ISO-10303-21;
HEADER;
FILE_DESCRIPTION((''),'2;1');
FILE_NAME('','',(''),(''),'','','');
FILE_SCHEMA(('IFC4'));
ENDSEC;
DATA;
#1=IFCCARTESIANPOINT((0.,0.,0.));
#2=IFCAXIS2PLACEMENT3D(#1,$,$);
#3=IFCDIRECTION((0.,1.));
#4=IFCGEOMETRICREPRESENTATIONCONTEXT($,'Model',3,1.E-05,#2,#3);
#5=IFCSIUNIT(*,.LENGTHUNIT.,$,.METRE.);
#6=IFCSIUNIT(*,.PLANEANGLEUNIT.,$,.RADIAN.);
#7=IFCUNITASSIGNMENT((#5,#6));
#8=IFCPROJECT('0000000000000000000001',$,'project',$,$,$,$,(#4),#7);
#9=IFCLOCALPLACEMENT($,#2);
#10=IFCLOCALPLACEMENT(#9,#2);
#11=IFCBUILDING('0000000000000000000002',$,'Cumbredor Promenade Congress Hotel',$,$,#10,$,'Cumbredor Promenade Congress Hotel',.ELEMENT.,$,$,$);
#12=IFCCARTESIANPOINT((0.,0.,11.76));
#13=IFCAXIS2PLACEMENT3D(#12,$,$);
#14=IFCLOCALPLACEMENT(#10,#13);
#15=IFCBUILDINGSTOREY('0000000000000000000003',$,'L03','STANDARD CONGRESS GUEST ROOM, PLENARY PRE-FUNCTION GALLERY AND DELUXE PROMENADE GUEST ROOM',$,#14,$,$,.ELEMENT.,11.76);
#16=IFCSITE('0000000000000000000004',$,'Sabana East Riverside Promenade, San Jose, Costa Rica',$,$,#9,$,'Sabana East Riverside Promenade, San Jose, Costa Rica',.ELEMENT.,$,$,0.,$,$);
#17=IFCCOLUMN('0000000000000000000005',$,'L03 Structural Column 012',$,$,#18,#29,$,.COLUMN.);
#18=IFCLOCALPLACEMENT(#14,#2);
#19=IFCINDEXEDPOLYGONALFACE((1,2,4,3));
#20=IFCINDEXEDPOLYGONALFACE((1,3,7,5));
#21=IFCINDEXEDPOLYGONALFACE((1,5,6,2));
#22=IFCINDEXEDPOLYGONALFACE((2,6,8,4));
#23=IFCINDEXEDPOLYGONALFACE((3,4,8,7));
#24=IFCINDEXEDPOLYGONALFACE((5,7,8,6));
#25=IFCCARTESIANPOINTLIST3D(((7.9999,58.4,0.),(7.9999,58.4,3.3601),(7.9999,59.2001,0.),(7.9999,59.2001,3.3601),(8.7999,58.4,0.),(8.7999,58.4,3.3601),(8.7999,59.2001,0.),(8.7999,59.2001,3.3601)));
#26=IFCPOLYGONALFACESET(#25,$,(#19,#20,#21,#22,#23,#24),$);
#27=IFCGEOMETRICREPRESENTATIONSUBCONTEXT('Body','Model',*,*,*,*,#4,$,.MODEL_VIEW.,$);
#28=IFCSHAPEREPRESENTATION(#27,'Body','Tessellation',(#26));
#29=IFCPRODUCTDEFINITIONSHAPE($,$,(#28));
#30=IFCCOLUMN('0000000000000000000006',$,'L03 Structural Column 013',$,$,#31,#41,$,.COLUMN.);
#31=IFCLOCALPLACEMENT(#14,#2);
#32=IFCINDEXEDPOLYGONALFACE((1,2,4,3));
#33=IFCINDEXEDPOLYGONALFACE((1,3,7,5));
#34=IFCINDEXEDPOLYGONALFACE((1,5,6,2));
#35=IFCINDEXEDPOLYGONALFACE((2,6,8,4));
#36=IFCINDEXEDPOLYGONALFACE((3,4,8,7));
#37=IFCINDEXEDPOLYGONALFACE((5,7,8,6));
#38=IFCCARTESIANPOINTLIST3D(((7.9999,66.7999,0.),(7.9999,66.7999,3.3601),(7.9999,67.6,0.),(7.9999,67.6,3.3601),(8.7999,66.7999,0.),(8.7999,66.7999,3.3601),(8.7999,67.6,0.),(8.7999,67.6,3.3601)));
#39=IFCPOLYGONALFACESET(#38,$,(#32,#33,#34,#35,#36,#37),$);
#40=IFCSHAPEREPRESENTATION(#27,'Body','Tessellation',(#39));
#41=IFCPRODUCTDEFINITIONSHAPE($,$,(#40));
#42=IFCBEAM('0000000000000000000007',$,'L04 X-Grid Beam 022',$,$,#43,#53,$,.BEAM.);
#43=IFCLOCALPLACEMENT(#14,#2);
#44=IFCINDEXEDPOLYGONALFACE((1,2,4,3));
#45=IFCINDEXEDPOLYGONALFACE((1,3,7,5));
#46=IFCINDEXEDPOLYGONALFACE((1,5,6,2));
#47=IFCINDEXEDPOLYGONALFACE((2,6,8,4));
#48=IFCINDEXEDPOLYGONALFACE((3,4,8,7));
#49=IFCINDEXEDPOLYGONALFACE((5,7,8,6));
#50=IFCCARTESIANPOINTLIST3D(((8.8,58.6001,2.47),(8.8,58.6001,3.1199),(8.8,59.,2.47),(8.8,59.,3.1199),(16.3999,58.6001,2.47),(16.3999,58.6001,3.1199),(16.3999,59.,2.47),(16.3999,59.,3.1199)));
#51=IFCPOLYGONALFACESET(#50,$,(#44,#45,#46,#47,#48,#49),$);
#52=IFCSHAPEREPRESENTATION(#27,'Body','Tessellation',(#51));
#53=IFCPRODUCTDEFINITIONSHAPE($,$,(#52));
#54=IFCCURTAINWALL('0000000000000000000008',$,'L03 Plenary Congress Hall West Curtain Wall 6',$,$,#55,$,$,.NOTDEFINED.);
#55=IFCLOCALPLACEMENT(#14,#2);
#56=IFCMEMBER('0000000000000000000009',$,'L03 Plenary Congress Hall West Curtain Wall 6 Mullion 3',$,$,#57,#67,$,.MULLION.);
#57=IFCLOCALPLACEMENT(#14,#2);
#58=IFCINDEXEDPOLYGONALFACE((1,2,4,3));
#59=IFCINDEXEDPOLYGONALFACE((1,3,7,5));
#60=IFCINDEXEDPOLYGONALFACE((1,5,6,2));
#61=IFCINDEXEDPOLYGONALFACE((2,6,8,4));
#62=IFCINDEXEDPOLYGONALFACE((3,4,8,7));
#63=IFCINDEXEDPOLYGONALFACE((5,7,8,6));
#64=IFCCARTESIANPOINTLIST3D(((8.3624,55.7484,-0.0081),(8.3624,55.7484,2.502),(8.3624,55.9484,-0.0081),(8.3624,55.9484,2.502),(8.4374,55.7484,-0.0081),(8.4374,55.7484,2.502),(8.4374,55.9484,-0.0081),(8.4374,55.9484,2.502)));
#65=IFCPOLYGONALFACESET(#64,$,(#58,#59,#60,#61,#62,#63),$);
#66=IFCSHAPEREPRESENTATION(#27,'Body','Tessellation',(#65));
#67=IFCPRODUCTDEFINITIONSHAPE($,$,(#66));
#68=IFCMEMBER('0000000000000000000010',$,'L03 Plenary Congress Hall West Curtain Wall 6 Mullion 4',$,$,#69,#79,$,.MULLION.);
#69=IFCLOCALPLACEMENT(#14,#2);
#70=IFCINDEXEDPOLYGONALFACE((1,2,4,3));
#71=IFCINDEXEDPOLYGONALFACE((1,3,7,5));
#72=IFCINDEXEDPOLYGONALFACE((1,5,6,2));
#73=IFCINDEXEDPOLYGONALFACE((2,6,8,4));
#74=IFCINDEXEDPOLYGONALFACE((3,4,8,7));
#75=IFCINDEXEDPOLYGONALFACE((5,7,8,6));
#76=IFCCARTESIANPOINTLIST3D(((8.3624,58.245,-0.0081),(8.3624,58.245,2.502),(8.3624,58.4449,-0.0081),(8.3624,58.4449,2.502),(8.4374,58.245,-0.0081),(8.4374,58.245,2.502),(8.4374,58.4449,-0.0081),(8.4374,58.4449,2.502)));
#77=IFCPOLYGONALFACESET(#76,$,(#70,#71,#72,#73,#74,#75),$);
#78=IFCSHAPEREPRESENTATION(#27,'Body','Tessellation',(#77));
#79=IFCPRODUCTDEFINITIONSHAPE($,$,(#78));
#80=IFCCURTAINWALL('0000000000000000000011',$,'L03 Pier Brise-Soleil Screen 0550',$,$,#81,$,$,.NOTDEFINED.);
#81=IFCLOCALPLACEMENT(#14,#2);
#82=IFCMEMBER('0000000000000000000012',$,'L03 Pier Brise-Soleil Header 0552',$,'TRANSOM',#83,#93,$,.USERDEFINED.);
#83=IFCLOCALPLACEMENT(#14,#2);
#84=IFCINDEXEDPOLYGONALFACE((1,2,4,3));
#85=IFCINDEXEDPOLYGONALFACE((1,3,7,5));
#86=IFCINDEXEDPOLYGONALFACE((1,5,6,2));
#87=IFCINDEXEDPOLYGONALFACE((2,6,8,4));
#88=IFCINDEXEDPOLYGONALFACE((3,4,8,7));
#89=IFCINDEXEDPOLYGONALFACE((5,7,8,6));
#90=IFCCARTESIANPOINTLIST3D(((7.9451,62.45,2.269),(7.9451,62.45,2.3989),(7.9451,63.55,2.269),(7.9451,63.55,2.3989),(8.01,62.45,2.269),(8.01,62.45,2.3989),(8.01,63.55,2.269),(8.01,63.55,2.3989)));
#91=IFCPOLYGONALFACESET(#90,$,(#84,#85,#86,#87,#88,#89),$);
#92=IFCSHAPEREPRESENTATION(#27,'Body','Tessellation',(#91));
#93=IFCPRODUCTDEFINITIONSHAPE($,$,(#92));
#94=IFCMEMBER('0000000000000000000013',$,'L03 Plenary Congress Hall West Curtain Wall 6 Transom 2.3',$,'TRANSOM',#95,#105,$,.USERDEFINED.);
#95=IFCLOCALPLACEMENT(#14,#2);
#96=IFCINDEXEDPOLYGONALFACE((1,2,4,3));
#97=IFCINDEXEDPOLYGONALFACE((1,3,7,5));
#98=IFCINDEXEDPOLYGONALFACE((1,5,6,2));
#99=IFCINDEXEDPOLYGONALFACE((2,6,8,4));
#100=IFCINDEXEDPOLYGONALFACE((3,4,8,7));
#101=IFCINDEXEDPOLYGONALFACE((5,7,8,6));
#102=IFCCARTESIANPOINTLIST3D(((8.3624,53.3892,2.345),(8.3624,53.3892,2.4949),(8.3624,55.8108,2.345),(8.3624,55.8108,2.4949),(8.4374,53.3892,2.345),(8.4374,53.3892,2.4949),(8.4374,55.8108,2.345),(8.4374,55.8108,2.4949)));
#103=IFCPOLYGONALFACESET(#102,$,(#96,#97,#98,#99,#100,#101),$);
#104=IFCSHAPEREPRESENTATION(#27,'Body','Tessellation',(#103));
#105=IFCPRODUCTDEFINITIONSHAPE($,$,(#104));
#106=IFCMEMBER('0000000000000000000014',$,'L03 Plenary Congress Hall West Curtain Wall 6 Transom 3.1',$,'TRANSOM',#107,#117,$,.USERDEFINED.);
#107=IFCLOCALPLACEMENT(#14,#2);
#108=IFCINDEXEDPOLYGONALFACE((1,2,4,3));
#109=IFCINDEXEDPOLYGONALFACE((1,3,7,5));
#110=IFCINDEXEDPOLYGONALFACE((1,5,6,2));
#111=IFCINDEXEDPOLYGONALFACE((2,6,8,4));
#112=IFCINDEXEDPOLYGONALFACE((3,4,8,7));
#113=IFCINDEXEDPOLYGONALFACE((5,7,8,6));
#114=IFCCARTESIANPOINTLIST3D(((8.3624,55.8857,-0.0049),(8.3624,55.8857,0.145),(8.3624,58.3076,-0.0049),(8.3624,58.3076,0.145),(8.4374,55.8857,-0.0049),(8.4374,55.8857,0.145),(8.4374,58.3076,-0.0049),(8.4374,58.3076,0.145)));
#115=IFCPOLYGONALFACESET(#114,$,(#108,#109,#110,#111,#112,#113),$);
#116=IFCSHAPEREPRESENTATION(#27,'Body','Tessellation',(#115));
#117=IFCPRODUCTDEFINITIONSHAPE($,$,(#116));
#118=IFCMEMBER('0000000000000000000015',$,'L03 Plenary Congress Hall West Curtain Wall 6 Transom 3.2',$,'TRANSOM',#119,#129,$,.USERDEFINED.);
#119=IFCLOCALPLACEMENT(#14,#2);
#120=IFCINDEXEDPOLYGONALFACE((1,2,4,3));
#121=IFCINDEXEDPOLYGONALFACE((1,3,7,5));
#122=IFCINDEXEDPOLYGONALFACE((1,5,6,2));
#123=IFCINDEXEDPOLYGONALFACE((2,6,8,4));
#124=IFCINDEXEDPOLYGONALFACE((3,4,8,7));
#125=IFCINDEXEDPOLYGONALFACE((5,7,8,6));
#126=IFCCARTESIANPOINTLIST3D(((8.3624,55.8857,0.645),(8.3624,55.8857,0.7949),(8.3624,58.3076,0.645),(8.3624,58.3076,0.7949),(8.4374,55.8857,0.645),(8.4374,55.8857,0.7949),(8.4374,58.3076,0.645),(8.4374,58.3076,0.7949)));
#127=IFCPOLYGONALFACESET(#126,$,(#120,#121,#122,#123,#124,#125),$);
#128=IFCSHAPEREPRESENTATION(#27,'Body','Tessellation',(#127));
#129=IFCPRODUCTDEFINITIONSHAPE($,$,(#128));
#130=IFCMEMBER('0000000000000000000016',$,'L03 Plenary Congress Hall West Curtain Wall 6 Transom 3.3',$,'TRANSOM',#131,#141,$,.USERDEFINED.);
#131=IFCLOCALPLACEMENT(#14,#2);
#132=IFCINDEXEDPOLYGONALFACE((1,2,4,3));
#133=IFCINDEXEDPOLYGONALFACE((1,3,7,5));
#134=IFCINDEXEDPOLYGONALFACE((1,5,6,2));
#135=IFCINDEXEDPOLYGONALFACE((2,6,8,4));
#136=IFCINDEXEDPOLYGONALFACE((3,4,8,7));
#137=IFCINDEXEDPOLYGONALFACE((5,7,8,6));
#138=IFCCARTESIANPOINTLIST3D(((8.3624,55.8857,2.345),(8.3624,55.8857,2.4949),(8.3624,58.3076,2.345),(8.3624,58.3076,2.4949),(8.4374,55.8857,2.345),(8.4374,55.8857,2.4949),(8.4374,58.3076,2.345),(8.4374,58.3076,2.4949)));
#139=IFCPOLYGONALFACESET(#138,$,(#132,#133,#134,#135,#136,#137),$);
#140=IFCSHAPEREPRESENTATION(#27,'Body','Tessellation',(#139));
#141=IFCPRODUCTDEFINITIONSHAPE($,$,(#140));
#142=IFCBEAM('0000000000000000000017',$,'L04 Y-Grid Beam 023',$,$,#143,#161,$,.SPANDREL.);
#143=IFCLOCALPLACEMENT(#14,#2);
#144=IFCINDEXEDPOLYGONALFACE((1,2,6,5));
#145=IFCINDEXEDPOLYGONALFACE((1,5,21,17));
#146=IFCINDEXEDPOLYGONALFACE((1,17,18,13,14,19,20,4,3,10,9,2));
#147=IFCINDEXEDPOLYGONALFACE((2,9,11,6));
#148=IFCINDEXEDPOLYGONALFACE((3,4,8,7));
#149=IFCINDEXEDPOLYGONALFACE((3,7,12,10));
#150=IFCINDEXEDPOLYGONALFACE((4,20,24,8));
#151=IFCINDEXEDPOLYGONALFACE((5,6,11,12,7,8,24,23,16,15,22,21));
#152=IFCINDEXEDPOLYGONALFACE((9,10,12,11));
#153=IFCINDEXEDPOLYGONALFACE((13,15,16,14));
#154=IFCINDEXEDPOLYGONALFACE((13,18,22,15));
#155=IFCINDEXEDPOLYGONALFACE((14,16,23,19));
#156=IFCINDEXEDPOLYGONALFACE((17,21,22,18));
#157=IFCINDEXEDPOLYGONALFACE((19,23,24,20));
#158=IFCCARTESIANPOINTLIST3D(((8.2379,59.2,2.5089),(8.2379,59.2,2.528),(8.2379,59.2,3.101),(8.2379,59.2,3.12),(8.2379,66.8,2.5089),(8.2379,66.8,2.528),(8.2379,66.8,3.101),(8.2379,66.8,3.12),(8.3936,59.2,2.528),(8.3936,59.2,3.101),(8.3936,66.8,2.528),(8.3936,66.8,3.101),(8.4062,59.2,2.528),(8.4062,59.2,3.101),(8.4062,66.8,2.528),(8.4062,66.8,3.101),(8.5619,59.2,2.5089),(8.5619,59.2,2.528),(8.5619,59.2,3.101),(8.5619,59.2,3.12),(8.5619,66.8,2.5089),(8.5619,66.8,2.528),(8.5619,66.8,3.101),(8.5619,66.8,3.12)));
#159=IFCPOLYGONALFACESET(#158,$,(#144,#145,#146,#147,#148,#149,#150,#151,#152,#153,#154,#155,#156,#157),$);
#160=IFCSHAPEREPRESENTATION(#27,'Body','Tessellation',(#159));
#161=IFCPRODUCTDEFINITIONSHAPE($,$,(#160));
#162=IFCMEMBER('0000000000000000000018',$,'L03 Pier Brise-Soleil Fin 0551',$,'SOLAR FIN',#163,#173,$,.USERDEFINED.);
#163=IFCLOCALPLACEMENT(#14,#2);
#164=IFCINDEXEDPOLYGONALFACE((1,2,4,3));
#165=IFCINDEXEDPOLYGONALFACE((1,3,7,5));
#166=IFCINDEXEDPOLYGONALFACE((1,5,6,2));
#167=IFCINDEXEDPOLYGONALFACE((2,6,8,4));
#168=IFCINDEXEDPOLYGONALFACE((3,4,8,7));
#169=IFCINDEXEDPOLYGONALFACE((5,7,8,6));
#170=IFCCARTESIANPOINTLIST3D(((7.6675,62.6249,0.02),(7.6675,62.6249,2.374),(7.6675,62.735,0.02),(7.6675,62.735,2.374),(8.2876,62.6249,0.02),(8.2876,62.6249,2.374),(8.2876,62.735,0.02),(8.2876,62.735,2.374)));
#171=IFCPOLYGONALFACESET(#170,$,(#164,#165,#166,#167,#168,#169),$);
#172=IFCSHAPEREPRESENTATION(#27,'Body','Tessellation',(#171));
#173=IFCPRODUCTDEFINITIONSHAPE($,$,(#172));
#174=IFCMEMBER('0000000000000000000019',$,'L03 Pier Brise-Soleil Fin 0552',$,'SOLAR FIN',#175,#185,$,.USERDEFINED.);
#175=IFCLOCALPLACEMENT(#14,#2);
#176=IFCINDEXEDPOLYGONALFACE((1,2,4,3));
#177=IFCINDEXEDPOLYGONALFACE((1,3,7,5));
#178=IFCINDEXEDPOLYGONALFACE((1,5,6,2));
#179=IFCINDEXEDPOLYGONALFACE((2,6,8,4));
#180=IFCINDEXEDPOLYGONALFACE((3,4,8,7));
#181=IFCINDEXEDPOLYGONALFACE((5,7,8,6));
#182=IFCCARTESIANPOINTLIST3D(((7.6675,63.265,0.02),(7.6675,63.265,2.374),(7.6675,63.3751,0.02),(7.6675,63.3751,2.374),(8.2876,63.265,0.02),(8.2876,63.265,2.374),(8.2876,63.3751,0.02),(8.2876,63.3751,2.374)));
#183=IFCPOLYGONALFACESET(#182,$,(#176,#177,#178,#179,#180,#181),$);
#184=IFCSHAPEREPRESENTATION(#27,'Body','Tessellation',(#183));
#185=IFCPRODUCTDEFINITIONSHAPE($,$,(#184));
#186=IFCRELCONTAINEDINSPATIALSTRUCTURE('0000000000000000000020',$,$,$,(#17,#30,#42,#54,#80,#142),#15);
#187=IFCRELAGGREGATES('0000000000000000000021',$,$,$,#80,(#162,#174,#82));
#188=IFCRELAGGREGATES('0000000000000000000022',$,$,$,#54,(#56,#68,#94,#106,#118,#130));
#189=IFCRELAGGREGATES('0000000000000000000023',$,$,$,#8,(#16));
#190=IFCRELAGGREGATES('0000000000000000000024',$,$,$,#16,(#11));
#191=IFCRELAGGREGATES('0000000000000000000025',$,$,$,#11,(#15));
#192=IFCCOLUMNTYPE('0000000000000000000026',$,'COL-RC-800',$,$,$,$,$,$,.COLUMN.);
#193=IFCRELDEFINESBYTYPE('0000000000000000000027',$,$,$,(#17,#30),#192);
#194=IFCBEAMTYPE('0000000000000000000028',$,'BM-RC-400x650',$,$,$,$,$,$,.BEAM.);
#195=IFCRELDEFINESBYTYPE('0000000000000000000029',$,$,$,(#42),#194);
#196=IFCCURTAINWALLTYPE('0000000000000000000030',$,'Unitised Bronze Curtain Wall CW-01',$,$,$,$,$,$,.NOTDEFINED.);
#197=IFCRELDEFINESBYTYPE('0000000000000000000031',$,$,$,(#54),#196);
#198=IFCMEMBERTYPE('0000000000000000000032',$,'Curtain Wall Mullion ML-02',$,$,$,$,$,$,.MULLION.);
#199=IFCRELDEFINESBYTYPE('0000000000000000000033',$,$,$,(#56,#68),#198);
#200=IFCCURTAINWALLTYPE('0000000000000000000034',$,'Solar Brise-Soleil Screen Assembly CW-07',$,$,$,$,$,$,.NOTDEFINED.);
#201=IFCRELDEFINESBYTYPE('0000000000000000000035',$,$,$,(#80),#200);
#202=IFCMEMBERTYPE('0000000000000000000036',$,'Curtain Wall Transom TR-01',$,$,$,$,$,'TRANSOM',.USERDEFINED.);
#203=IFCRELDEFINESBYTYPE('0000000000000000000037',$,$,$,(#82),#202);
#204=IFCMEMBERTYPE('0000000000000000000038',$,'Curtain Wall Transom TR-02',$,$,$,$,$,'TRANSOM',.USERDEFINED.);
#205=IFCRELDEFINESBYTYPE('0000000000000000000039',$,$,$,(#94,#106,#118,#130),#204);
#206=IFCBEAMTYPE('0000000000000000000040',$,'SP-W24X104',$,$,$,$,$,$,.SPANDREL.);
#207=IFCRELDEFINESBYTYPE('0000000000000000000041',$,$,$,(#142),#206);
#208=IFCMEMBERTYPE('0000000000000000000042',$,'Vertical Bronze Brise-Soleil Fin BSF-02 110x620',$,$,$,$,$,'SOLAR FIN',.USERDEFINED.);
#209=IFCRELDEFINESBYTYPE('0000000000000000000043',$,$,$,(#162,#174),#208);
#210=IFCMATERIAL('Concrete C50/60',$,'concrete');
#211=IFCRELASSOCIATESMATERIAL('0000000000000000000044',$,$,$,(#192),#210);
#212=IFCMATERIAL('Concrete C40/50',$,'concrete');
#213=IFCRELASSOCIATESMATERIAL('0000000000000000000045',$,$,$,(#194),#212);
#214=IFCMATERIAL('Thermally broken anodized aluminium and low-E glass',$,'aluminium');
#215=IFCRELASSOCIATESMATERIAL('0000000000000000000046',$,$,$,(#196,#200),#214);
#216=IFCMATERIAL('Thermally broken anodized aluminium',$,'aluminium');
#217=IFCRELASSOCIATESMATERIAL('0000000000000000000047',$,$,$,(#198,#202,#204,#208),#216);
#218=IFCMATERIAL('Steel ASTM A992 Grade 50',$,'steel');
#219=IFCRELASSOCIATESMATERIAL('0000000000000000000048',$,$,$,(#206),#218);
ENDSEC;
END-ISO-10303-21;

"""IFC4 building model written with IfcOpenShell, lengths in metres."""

from ifc_helpers import new_model, si_unit, direction, frame, origin, origin_2d, place, context, subcontext, project, spatial, rectangle, i_section, extrude, material, material_profile, profile_set, type_object, element, aggregate, save


model = new_model("IFC4")

# Units and contexts
model_context = context("Model", 3, precision=1e-05, world=origin(), true_north=direction((0.0, 1.0)))
body_context = subcontext(model_context, "Body", "Model", "MODEL_VIEW")
ifc_project = project(units=[si_unit("LENGTHUNIT", "METRE"), si_unit("PLANEANGLEUNIT", "RADIAN")], contexts=[model_context])

# Site, building, storey
site_placement = place(None, origin())
site = spatial("IfcSite", under=ifc_project, at=site_placement, Name="Sabana East Riverside Promenade, San Jose, Costa Rica", LongName="Sabana East Riverside Promenade, San Jose, Costa Rica", CompositionType="ELEMENT", RefElevation=0.0)
building_placement = place(site_placement, origin())
building = spatial("IfcBuilding", under=site, at=building_placement, Name="Cumbredor Promenade Congress Hotel", LongName="Cumbredor Promenade Congress Hotel", CompositionType="ELEMENT")
storey_placement = place(building_placement, frame((0.0, 0.0, 11.76)))
storey = spatial("IfcBuildingStorey", under=building, at=storey_placement, Name="L03", Description="STANDARD CONGRESS GUEST ROOM, PLENARY PRE-FUNCTION GALLERY AND DELUXE PROMENADE GUEST ROOM", CompositionType="ELEMENT", Elevation=11.76)

# Columns
ifc_material_1 = material(Name="Concrete C50/60", Category="concrete")
ifc_material_profile_1 = material_profile(ifc_material_1, rectangle(XDim=0.8, YDim=0.8, at=origin_2d()), Name="RC 800x800")
ifc_profile_set_1 = profile_set([ifc_material_profile_1], Name="Concrete C50/60")
column_type = type_object("IfcColumnType", Name="COL-RC-800", PredefinedType="COLUMN", material=ifc_profile_set_1)
for number, where, z_axis, x_axis, name in (
    (1, (8.3999, 58.8, 0.0), (0.0, 0.0, 1.0), (1.0, 0.0, 0.0), "L03 Structural Column 012"),
    (2, (8.3999, 67.2, 0.0), (0.0, 0.0, 1.0), (1.0, 0.0, 0.0), "L03 Structural Column 013"),
):
    element("IfcColumn", number, at=place(storey_placement, frame(where, z_axis=z_axis, x_axis=x_axis)), inside=storey, type_object=column_type, Name=name, PredefinedType="COLUMN", context=body_context, shape_type="SweptSolid", body=[
        extrude(rectangle(XDim=0.8, YDim=0.8, at=origin_2d()), origin(), (0.0, 0.0, 1.0), 3.3601),
    ])

# Beam
ifc_material_2 = material(Name="Concrete C40/50", Category="concrete")
ifc_material_profile_2 = material_profile(ifc_material_2, rectangle(XDim=0.3999, YDim=0.6499, at=origin_2d()), Name="RC BEAM 400x650")
ifc_profile_set_2 = profile_set([ifc_material_profile_2], Name="Concrete C40/50")
beam_type_1 = type_object("IfcBeamType", Name="BM-RC-400x650", PredefinedType="BEAM", material=ifc_profile_set_2)
beam_1_placement = place(storey_placement, frame((8.8, 58.8, 2.7949), z_axis=(1.0, 0.0, 0.0), x_axis=(0.0, 1.0, 0.0)))
element("IfcBeam", 3, at=beam_1_placement, inside=storey, type_object=beam_type_1, Name="L04 X-Grid Beam 022", PredefinedType="BEAM", context=body_context, shape_type="SweptSolid", body=[
    extrude(rectangle(XDim=0.3999, YDim=0.6499, at=origin_2d()), origin(), (0.0, 0.0, 1.0), 7.5999),
])

# Curtain wall, members
ifc_material_3 = material(Name="Thermally broken anodized aluminium and low-E glass", Category="aluminium")
curtain_wall_type_1 = type_object("IfcCurtainWallType", Name="Unitised Bronze Curtain Wall CW-01", PredefinedType="NOTDEFINED", material=ifc_material_3)
curtain_wall_1_placement = place(storey_placement, origin())
curtain_wall_1 = element("IfcCurtainWall", 4, at=curtain_wall_1_placement, inside=storey, type_object=curtain_wall_type_1, Name="L03 Plenary Congress Hall West Curtain Wall 6", PredefinedType="NOTDEFINED")
ifc_material_4 = material(Name="Thermally broken anodized aluminium", Category="aluminium")
ifc_material_profile_3 = material_profile(ifc_material_4, rectangle(XDim=0.075, YDim=0.2, at=origin_2d()), Name="ALU MULLION 75x200")
ifc_profile_set_3 = profile_set([ifc_material_profile_3], Name="Thermally broken anodized aluminium")
member_type_1 = type_object("IfcMemberType", Name="Curtain Wall Mullion ML-02", PredefinedType="MULLION", material=ifc_profile_set_3)
member_1_placement = place(storey_placement, frame((8.3999, 55.8484, -0.0081), z_axis=(0.0, 0.0, 1.0), x_axis=(1.0, 0.0, 0.0)))
member_1 = element("IfcMember", 5, at=member_1_placement, type_object=member_type_1, Name="L03 Plenary Congress Hall West Curtain Wall 6 Mullion 3", PredefinedType="MULLION", context=body_context, shape_type="SweptSolid", body=[
    extrude(rectangle(XDim=0.075, YDim=0.2, at=origin_2d()), origin(), (0.0, 0.0, 1.0), 2.51),
])
member_2_placement = place(storey_placement, frame((8.3999, 58.345, -0.0081), z_axis=(0.0, 0.0, 1.0), x_axis=(1.0, 0.0, 0.0)))
member_2 = element("IfcMember", 6, at=member_2_placement, type_object=member_type_1, Name="L03 Plenary Congress Hall West Curtain Wall 6 Mullion 4", PredefinedType="MULLION", context=body_context, shape_type="SweptSolid", body=[
    extrude(rectangle(XDim=0.075, YDim=0.2, at=origin_2d()), origin(), (0.0, 0.0, 1.0), 2.51),
])

# Curtain wall, member
curtain_wall_type_2 = type_object("IfcCurtainWallType", Name="Solar Brise-Soleil Screen Assembly CW-07", PredefinedType="NOTDEFINED", material=ifc_material_3)
curtain_wall_2_placement = place(storey_placement, origin())
curtain_wall_2 = element("IfcCurtainWall", 7, at=curtain_wall_2_placement, inside=storey, type_object=curtain_wall_type_2, Name="L03 Pier Brise-Soleil Screen 0550", PredefinedType="NOTDEFINED")
ifc_material_profile_4 = material_profile(ifc_material_4, rectangle(XDim=0.0649, YDim=0.1299, at=origin_2d()), Name="ALU TRANSOM 65x130")
ifc_profile_set_4 = profile_set([ifc_material_profile_4], Name="Thermally broken anodized aluminium")
member_type_2 = type_object("IfcMemberType", Name="Curtain Wall Transom TR-01", ElementType="TRANSOM", PredefinedType="USERDEFINED", material=ifc_profile_set_4)
member_3_placement = place(storey_placement, frame((7.9775, 62.45, 2.334), z_axis=(0.0, 1.0, 0.0), x_axis=(-1.0, 0.0, 0.0)))
member_3 = element("IfcMember", 8, at=member_3_placement, type_object=member_type_2, Name="L03 Pier Brise-Soleil Header 0552", ObjectType="TRANSOM", PredefinedType="USERDEFINED", context=body_context, shape_type="SweptSolid", body=[
    extrude(rectangle(XDim=0.0649, YDim=0.1299, at=origin_2d()), origin(), (0.0, 0.0, 1.0), 1.1001),
])

# Members
ifc_material_profile_5 = material_profile(ifc_material_4, rectangle(XDim=0.075, YDim=0.1499, at=origin_2d()), Name="ALU TRANSOM 75x150")
ifc_profile_set_5 = profile_set([ifc_material_profile_5], Name="Thermally broken anodized aluminium")
member_type_3 = type_object("IfcMemberType", Name="Curtain Wall Transom TR-02", ElementType="TRANSOM", PredefinedType="USERDEFINED", material=ifc_profile_set_5)
member_4_placement = place(storey_placement, frame((8.3999, 53.3892, 2.4199), z_axis=(0.0, 1.0, 0.0), x_axis=(-1.0, 0.0, 0.0)))
member_4 = element("IfcMember", 9, at=member_4_placement, type_object=member_type_3, Name="L03 Plenary Congress Hall West Curtain Wall 6 Transom 2.3", ObjectType="TRANSOM", PredefinedType="USERDEFINED", context=body_context, shape_type="SweptSolid", body=[
    extrude(rectangle(XDim=0.075, YDim=0.1499, at=origin_2d()), origin(), (0.0, 0.0, 1.0), 2.4216),
])
member_5_placement = place(storey_placement, frame((8.3999, 55.8857, 0.0701), z_axis=(0.0, 1.0, 0.0), x_axis=(-1.0, 0.0, 0.0)))
member_5 = element("IfcMember", 10, at=member_5_placement, type_object=member_type_3, Name="L03 Plenary Congress Hall West Curtain Wall 6 Transom 3.1", ObjectType="TRANSOM", PredefinedType="USERDEFINED", context=body_context, shape_type="SweptSolid", body=[
    extrude(rectangle(XDim=0.075, YDim=0.1499, at=origin_2d()), origin(), (0.0, 0.0, 1.0), 2.4219),
])
member_6_placement = place(storey_placement, frame((8.3999, 55.8857, 0.72), z_axis=(0.0, 1.0, 0.0), x_axis=(-1.0, 0.0, 0.0)))
member_6 = element("IfcMember", 11, at=member_6_placement, type_object=member_type_3, Name="L03 Plenary Congress Hall West Curtain Wall 6 Transom 3.2", ObjectType="TRANSOM", PredefinedType="USERDEFINED", context=body_context, shape_type="SweptSolid", body=[
    extrude(rectangle(XDim=0.075, YDim=0.1499, at=origin_2d()), origin(), (0.0, 0.0, 1.0), 2.4219),
])
member_7_placement = place(storey_placement, frame((8.3999, 55.8857, 2.4199), z_axis=(0.0, 1.0, 0.0), x_axis=(-1.0, 0.0, 0.0)))
member_7 = element("IfcMember", 12, at=member_7_placement, type_object=member_type_3, Name="L03 Plenary Congress Hall West Curtain Wall 6 Transom 3.3", ObjectType="TRANSOM", PredefinedType="USERDEFINED", context=body_context, shape_type="SweptSolid", body=[
    extrude(rectangle(XDim=0.075, YDim=0.1499, at=origin_2d()), origin(), (0.0, 0.0, 1.0), 2.4219),
])

# Beam
ifc_material_5 = material(Name="Steel ASTM A992 Grade 50", Category="steel")
ifc_material_profile_6 = material_profile(ifc_material_5, i_section(OverallWidth=0.324, OverallDepth=0.6111, WebThickness=0.0127, FlangeThickness=0.019, at=origin_2d()), Name="W24X104")
ifc_profile_set_6 = profile_set([ifc_material_profile_6], Name="Steel ASTM A992 Grade 50")
beam_type_2 = type_object("IfcBeamType", Name="SP-W24X104", PredefinedType="SPANDREL", material=ifc_profile_set_6)
beam_2_placement = place(storey_placement, frame((8.3999, 59.2, 2.8145), z_axis=(0.0, 1.0, 0.0), x_axis=(-1.0, 0.0, 0.0)))
element("IfcBeam", 13, at=beam_2_placement, inside=storey, type_object=beam_type_2, Name="L04 Y-Grid Beam 023", PredefinedType="SPANDREL", context=body_context, shape_type="SweptSolid", body=[
    extrude(i_section(OverallWidth=0.324, OverallDepth=0.6111, WebThickness=0.0127, FlangeThickness=0.019, at=origin_2d()), origin(), (0.0, 0.0, 1.0), 7.6001),
])

# Members
ifc_material_profile_7 = material_profile(ifc_material_4, rectangle(XDim=0.1101, YDim=0.6201, at=origin_2d()), Name="ARCH FIN 110x620")
ifc_profile_set_7 = profile_set([ifc_material_profile_7], Name="Thermally broken anodized aluminium")
member_type_4 = type_object("IfcMemberType", Name="Vertical Bronze Brise-Soleil Fin BSF-02 110x620", ElementType="SOLAR FIN", PredefinedType="USERDEFINED", material=ifc_profile_set_7)
member_8_placement = place(storey_placement, frame((7.9775, 62.6799, 0.02), z_axis=(0.0, 0.0, 1.0), x_axis=(0.0, 1.0, 0.0)))
member_8 = element("IfcMember", 14, at=member_8_placement, type_object=member_type_4, Name="L03 Pier Brise-Soleil Fin 0551", ObjectType="SOLAR FIN", PredefinedType="USERDEFINED", context=body_context, shape_type="SweptSolid", body=[
    extrude(rectangle(XDim=0.1101, YDim=0.6201, at=origin_2d()), origin(), (0.0, 0.0, 1.0), 2.354),
])
member_9_placement = place(storey_placement, frame((7.9775, 63.3201, 0.02), z_axis=(0.0, 0.0, 1.0), x_axis=(0.0, 1.0, 0.0)))
member_9 = element("IfcMember", 15, at=member_9_placement, type_object=member_type_4, Name="L03 Pier Brise-Soleil Fin 0552", ObjectType="SOLAR FIN", PredefinedType="USERDEFINED", context=body_context, shape_type="SweptSolid", body=[
    extrude(rectangle(XDim=0.1101, YDim=0.6201, at=origin_2d()), origin(), (0.0, 0.0, 1.0), 2.354),
])
aggregate(curtain_wall_2, [member_8, member_9, member_3])

aggregate(curtain_wall_1, [member_1, member_2, member_4, member_5, member_6, member_7])

save(model, "model.ifc")
